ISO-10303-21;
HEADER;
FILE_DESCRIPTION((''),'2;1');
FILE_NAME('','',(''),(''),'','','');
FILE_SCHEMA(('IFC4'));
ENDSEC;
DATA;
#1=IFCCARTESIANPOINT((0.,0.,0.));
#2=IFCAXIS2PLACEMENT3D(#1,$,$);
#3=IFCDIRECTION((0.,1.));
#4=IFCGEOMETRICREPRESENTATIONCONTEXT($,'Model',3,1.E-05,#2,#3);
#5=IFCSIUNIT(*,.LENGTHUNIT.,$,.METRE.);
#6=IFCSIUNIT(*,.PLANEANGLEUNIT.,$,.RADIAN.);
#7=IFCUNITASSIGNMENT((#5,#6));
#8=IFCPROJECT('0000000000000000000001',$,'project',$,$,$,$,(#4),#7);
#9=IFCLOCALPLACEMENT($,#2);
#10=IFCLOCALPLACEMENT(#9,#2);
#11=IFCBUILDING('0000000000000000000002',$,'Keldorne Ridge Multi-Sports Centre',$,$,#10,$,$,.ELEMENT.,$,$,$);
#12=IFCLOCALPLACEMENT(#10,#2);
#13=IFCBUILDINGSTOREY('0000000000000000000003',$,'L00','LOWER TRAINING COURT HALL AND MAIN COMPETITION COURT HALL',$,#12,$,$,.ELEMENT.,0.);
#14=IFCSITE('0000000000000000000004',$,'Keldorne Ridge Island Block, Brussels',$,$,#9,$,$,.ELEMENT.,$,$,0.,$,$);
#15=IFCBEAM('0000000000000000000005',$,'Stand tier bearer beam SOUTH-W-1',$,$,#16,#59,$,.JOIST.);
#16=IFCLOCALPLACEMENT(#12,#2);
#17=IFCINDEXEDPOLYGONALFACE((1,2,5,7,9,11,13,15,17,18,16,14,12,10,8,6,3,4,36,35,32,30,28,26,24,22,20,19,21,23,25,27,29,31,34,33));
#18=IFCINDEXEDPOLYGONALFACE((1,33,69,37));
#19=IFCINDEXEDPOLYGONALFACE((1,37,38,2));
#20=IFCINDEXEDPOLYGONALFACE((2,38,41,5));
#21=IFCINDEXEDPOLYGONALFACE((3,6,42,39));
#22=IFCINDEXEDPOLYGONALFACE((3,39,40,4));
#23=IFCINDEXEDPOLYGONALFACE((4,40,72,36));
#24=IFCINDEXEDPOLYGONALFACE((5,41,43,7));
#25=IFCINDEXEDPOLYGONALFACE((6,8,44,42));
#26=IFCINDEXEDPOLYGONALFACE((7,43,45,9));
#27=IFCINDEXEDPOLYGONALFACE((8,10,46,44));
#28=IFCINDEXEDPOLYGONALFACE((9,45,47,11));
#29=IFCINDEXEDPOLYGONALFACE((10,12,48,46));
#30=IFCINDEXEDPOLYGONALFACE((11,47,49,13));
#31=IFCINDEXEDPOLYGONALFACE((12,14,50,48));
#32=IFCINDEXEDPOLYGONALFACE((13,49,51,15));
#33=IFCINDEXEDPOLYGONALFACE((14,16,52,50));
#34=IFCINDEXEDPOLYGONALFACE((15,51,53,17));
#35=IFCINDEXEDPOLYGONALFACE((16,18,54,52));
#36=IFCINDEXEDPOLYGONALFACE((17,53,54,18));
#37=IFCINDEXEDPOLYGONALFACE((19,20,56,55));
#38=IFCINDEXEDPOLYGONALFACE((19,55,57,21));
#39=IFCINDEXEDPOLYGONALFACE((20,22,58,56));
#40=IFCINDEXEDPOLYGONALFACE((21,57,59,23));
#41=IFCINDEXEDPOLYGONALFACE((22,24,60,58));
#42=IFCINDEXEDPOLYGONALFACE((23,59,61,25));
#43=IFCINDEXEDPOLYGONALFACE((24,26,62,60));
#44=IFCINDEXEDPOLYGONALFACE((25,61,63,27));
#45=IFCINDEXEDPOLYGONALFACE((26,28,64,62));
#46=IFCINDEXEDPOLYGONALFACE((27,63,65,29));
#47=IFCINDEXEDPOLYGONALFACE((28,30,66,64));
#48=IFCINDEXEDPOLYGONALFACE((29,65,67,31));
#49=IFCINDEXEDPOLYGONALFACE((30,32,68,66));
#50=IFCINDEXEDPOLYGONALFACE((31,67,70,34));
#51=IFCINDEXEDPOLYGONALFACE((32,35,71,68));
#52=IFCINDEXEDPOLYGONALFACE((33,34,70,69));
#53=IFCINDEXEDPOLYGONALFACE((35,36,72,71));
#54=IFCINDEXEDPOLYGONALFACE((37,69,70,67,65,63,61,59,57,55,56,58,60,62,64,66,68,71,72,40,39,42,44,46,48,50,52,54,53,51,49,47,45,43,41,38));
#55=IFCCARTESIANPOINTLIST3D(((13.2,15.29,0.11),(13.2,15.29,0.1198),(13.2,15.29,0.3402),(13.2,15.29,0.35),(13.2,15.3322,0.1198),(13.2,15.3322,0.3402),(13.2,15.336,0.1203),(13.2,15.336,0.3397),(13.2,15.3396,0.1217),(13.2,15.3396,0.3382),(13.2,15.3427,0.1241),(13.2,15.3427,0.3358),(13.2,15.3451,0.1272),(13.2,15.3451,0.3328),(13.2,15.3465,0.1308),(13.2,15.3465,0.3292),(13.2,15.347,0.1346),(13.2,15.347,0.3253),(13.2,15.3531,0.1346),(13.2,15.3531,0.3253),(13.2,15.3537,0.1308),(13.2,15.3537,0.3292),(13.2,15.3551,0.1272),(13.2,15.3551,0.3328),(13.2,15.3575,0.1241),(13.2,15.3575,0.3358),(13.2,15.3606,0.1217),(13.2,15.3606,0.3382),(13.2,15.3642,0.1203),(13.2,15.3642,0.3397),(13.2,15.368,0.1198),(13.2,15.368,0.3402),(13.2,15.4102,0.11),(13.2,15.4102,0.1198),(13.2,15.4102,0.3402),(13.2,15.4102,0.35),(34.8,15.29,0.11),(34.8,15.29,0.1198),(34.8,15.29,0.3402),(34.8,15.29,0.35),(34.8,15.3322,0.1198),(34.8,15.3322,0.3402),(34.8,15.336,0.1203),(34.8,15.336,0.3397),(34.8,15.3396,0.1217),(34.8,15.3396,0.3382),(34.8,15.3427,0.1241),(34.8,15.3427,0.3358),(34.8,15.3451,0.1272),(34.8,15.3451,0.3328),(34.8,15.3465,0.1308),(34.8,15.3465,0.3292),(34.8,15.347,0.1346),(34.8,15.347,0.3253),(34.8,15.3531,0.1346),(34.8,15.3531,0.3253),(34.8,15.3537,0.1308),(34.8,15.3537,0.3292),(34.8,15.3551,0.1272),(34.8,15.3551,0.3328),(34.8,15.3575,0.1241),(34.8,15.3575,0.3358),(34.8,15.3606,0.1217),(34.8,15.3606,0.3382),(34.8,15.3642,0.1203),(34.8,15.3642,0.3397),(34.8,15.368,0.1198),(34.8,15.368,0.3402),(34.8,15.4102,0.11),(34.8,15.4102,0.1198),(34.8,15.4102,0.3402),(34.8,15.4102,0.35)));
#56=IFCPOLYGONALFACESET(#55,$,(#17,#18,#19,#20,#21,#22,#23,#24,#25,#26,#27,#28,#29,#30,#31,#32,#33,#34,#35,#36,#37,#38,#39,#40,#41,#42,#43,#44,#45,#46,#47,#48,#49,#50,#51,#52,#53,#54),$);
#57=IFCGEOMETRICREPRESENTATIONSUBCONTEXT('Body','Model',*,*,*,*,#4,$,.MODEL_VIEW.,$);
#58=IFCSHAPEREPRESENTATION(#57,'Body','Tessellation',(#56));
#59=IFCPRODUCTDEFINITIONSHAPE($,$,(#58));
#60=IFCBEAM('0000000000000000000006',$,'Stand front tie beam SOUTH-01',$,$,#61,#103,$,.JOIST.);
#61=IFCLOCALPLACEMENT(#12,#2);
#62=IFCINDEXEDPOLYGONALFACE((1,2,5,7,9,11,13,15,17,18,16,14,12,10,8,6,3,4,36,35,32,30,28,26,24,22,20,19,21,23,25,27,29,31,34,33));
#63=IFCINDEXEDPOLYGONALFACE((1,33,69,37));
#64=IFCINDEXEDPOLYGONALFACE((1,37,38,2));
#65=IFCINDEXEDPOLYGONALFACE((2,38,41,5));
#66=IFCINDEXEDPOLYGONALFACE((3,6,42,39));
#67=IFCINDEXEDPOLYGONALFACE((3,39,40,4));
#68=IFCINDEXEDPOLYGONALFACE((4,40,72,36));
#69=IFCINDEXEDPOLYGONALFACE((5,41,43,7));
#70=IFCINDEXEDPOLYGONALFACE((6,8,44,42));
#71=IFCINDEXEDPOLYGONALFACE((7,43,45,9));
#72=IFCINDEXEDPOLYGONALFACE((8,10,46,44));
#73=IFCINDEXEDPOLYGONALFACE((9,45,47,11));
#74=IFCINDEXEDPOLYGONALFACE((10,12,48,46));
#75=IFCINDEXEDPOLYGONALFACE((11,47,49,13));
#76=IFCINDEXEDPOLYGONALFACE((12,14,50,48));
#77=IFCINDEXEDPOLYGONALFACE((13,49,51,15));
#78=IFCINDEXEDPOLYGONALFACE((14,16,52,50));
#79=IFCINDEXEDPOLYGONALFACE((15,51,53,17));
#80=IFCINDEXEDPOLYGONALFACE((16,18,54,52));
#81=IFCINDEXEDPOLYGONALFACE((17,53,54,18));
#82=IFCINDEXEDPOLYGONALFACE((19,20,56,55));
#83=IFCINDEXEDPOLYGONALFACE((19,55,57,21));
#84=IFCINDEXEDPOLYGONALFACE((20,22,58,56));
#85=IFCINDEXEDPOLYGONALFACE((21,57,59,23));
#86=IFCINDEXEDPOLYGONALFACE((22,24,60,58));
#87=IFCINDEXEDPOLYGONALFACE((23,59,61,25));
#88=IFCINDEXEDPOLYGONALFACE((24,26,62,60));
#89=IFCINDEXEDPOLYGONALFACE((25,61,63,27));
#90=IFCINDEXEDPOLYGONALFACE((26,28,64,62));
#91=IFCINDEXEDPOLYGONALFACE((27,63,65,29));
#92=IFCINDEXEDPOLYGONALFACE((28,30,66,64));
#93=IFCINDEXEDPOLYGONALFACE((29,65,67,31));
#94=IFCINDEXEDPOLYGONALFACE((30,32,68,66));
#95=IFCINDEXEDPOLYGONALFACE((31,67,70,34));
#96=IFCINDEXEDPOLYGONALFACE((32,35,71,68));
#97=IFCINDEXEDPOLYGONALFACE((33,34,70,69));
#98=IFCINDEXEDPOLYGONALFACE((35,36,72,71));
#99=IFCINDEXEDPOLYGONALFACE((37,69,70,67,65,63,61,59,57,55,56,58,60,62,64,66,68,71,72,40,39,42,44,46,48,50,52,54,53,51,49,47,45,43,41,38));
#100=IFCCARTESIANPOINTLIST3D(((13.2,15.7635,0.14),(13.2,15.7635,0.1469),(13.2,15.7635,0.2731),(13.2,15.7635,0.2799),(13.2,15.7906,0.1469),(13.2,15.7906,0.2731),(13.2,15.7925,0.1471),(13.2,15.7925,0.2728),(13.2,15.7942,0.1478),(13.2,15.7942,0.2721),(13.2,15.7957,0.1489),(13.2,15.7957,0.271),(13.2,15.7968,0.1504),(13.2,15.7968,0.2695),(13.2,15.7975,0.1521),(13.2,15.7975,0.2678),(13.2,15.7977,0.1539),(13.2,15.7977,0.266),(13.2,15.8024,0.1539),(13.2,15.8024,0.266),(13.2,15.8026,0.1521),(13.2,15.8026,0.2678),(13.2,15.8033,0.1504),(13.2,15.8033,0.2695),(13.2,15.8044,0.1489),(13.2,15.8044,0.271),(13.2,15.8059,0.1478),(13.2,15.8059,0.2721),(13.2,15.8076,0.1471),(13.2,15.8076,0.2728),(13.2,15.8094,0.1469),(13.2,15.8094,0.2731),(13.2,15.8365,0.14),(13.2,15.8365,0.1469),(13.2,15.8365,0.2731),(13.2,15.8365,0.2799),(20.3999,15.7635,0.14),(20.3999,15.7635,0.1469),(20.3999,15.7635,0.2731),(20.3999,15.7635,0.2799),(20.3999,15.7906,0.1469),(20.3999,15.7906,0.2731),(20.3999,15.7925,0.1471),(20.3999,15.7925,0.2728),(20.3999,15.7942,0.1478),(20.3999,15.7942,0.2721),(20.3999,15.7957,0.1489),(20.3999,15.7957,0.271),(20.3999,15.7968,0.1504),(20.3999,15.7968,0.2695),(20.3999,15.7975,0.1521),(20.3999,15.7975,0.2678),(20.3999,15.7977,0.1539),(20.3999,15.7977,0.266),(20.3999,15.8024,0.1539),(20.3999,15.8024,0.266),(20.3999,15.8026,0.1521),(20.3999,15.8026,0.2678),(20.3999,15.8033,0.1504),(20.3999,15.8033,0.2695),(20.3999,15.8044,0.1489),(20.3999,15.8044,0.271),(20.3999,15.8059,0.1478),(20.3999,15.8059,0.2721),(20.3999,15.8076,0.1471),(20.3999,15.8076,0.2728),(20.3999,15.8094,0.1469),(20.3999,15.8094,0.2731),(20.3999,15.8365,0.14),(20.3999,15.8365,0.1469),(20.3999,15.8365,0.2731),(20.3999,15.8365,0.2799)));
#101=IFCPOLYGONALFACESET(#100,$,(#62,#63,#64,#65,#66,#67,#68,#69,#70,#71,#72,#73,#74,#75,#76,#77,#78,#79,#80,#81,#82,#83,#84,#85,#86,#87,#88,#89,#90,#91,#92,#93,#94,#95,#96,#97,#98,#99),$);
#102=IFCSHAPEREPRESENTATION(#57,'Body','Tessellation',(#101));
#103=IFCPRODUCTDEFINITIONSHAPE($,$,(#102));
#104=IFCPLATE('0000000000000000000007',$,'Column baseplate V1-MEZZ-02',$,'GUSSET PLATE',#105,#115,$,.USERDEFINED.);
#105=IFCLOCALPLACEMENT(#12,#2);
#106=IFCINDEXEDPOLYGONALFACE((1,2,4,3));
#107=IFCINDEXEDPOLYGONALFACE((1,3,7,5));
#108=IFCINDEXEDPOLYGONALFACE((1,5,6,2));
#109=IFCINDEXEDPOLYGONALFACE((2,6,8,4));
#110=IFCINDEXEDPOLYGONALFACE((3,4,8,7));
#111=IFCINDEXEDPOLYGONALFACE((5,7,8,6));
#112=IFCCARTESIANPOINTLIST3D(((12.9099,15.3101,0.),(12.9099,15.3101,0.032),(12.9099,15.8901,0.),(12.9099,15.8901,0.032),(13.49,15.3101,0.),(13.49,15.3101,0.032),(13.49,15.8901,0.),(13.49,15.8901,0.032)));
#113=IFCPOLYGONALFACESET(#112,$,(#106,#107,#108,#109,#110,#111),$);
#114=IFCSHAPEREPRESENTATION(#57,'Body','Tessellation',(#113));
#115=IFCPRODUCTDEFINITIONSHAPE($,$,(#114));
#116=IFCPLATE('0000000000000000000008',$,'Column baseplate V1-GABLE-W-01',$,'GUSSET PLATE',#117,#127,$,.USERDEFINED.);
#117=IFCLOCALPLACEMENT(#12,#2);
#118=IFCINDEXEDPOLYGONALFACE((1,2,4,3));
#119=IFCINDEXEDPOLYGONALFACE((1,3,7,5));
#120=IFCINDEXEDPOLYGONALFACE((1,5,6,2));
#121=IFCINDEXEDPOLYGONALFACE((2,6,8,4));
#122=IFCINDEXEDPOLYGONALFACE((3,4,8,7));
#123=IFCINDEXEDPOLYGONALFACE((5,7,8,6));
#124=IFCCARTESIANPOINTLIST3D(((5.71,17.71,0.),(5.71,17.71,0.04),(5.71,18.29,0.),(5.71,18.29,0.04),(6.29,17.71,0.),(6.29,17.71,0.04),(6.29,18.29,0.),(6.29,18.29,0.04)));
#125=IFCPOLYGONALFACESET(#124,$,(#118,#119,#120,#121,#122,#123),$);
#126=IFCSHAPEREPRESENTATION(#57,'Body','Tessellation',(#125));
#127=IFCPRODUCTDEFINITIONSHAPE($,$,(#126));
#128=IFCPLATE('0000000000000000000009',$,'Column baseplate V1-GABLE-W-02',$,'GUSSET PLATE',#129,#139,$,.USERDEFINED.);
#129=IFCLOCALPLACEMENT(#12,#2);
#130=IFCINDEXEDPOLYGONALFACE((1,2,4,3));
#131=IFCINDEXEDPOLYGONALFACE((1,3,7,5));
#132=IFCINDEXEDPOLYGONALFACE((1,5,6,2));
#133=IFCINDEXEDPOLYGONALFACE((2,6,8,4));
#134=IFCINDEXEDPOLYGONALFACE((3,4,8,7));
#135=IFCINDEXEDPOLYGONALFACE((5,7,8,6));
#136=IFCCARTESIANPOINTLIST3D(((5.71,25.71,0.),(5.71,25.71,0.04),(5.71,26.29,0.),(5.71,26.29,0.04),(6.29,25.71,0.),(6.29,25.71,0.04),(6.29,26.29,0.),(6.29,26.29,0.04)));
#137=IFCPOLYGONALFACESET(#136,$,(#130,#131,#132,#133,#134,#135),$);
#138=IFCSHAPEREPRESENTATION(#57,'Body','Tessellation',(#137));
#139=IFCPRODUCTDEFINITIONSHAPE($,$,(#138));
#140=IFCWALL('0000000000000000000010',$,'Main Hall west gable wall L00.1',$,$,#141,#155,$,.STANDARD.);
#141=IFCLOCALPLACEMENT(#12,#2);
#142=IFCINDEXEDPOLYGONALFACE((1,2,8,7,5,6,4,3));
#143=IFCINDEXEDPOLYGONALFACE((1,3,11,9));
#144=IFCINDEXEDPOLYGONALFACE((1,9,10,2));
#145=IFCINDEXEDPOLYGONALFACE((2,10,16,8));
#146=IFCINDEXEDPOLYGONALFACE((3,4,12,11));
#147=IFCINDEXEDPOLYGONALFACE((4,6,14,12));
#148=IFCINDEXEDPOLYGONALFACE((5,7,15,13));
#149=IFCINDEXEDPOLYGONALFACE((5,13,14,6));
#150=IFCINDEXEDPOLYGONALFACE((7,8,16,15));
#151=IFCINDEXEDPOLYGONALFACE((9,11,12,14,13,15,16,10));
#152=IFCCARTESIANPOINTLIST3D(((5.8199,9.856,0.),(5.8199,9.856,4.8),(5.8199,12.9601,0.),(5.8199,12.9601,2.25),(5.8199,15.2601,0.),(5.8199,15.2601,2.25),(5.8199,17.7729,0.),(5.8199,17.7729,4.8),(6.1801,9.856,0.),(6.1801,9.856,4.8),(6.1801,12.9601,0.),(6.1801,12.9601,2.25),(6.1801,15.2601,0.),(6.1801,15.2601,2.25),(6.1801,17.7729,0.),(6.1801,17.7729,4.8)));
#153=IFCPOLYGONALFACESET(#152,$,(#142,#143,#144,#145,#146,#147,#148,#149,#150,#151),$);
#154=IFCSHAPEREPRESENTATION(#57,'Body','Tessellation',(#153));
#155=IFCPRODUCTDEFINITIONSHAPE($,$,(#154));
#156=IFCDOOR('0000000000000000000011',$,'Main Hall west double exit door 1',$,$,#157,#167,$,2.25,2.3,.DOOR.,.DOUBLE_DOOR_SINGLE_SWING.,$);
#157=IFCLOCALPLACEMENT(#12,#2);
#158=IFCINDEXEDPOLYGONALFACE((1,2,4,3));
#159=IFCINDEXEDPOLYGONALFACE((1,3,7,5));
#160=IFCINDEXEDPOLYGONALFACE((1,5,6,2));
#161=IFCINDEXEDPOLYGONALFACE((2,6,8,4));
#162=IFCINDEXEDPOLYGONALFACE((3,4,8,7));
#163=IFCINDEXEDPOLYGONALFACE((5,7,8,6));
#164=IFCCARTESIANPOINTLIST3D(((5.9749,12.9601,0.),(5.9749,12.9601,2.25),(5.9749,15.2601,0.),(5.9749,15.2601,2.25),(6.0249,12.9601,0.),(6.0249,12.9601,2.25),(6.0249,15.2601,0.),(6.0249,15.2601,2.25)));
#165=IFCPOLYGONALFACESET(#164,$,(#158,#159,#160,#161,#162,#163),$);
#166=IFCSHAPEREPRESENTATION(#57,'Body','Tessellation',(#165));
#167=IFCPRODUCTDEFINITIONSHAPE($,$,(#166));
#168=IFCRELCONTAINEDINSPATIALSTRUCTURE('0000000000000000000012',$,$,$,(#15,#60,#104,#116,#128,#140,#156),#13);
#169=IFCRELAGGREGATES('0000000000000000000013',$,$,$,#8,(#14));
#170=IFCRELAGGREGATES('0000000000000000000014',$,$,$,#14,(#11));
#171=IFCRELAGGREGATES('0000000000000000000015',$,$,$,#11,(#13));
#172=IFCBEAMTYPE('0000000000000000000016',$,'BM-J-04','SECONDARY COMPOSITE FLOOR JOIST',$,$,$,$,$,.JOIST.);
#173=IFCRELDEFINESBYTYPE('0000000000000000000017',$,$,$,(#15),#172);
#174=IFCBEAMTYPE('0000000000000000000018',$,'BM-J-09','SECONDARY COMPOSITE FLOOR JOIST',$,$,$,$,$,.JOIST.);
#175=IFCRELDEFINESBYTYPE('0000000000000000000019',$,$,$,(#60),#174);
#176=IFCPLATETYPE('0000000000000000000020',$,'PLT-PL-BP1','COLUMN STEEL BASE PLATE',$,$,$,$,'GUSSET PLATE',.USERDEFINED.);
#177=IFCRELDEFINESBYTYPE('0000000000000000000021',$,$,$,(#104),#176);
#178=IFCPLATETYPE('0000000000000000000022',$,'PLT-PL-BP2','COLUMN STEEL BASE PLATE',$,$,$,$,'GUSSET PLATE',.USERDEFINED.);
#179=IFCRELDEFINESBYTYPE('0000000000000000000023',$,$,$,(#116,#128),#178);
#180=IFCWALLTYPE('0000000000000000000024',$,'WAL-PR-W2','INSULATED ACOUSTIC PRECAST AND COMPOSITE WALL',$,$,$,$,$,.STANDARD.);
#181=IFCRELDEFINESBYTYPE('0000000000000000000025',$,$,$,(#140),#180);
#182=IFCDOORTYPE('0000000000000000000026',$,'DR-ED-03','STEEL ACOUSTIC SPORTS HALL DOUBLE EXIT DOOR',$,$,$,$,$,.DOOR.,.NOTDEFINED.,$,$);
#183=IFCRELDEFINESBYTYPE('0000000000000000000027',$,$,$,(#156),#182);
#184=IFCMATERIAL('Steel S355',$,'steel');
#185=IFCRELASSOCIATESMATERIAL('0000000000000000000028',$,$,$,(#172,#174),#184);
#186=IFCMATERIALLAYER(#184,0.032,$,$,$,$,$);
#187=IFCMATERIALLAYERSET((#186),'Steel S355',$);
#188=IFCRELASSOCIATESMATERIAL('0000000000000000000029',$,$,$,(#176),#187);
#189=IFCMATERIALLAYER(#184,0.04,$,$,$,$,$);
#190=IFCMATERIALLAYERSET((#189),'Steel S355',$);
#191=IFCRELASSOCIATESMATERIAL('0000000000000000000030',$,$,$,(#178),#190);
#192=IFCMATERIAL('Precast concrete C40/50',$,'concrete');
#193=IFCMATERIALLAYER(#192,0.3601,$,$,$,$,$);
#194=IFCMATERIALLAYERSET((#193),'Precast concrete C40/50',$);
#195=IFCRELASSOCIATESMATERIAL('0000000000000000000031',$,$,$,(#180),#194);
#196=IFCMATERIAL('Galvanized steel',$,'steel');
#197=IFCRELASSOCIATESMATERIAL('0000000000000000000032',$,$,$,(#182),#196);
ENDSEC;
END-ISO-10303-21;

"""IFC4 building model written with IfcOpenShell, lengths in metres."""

from ifc_helpers import new_model, si_unit, direction, frame, frame_2d, origin, origin_2d, place, context, subcontext, project, spatial, rectangle, i_section, extrude, material, layer, layer_set, material_profile, profile_set, type_object, element, fill, save


model = new_model("IFC4")

# Units and contexts
model_context = context("Model", 3, precision=1e-05, world=origin(), true_north=direction((0.0, 1.0)))
body_context = subcontext(model_context, "Body", "Model", "MODEL_VIEW")
ifc_project = project(units=[si_unit("LENGTHUNIT", "METRE"), si_unit("PLANEANGLEUNIT", "RADIAN")], contexts=[model_context])

# Site, building, storey
site_placement = place(None, origin())
site = spatial("IfcSite", under=ifc_project, at=site_placement, Name="Keldorne Ridge Island Block, Brussels", CompositionType="ELEMENT", RefElevation=0.0)
building_placement = place(site_placement, origin())
building = spatial("IfcBuilding", under=site, at=building_placement, Name="Keldorne Ridge Multi-Sports Centre", CompositionType="ELEMENT")
storey_placement = place(building_placement, origin())
storey = spatial("IfcBuildingStorey", under=building, at=storey_placement, Name="L00", Description="LOWER TRAINING COURT HALL AND MAIN COMPETITION COURT HALL", CompositionType="ELEMENT", Elevation=0.0)

# Shared definitions
ifc_material_1 = material(Name="Steel S355", Category="steel")

# Beams
ifc_material_profile_1 = material_profile(ifc_material_1, i_section(OverallWidth=0.1201, OverallDepth=0.24, WebThickness=0.0061, FlangeThickness=0.0098, FilletRadius=0.0149, at=origin_2d()), Name="IPE 240")
ifc_profile_set_1 = profile_set([ifc_material_profile_1], Name="Steel S355")
beam_type_1 = type_object("IfcBeamType", Name="BM-J-04", Description="SECONDARY COMPOSITE FLOOR JOIST", PredefinedType="JOIST", material=ifc_profile_set_1)
beam_1_placement = place(storey_placement, frame((13.2, 15.3501, 0.23), z_axis=(1.0, 0.0, 0.0), x_axis=(0.0, 1.0, 0.0)))
element("IfcBeam", 1, at=beam_1_placement, inside=storey, type_object=beam_type_1, Name="Stand tier bearer beam SOUTH-W-1", PredefinedType="JOIST", context=body_context, shape_type="SweptSolid", body=[
    extrude(i_section(OverallWidth=0.1201, OverallDepth=0.24, WebThickness=0.0061, FlangeThickness=0.0098, FilletRadius=0.0149, at=origin_2d()), origin(), (0.0, 0.0, 1.0), 21.6001),
])
ifc_material_profile_2 = material_profile(ifc_material_1, i_section(OverallWidth=0.073, OverallDepth=0.1399, WebThickness=0.0046, FlangeThickness=0.0068, FilletRadius=0.0071, at=origin_2d()), Name="IPE 140")
ifc_profile_set_2 = profile_set([ifc_material_profile_2], Name="Steel S355")
beam_type_2 = type_object("IfcBeamType", Name="BM-J-09", Description="SECONDARY COMPOSITE FLOOR JOIST", PredefinedType="JOIST", material=ifc_profile_set_2)
beam_2_placement = place(storey_placement, frame((13.2, 15.8, 0.21), z_axis=(1.0, 0.0, 0.0), x_axis=(0.0, 1.0, 0.0)))
element("IfcBeam", 2, at=beam_2_placement, inside=storey, type_object=beam_type_2, Name="Stand front tie beam SOUTH-01", PredefinedType="JOIST", context=body_context, shape_type="SweptSolid", body=[
    extrude(i_section(OverallWidth=0.073, OverallDepth=0.1399, WebThickness=0.0046, FlangeThickness=0.0068, FilletRadius=0.0071, at=origin_2d()), origin(), (0.0, 0.0, 1.0), 7.2),
])

# Plates
ifc_layer_1 = layer(ifc_material_1, 0.032)
ifc_layer_set_1 = layer_set([ifc_layer_1], Name="Steel S355")
plate_type_1 = type_object("IfcPlateType", Name="PLT-PL-BP1", Description="COLUMN STEEL BASE PLATE", ElementType="GUSSET PLATE", PredefinedType="USERDEFINED", material=ifc_layer_set_1)
plate_placement = place(storey_placement, frame((13.2, 15.6001, 0.0), z_axis=(0.0, 0.0, 1.0), x_axis=(1.0, 0.0, 0.0)))
element("IfcPlate", 3, at=plate_placement, inside=storey, type_object=plate_type_1, Name="Column baseplate V1-MEZZ-02", ObjectType="GUSSET PLATE", PredefinedType="USERDEFINED", context=body_context, shape_type="SweptSolid", body=[
    extrude(rectangle(XDim=0.5801, YDim=0.5801, at=origin_2d()), origin(), (0.0, 0.0, 1.0), 0.032),
])
ifc_layer_2 = layer(ifc_material_1, 0.04)
ifc_layer_set_2 = layer_set([ifc_layer_2], Name="Steel S355")
plate_type_2 = type_object("IfcPlateType", Name="PLT-PL-BP2", Description="COLUMN STEEL BASE PLATE", ElementType="GUSSET PLATE", PredefinedType="USERDEFINED", material=ifc_layer_set_2)
for number, where, z_axis, x_axis, name in (
    (4, (6.0, 18.0, 0.0), (0.0, 0.0, 1.0), (1.0, 0.0, 0.0), "Column baseplate V1-GABLE-W-01"),
    (5, (6.0, 26.0, 0.0), (0.0, 0.0, 1.0), (1.0, 0.0, 0.0), "Column baseplate V1-GABLE-W-02"),
):
    element("IfcPlate", number, at=place(storey_placement, frame(where, z_axis=z_axis, x_axis=x_axis)), inside=storey, type_object=plate_type_2, Name=name, ObjectType="GUSSET PLATE", PredefinedType="USERDEFINED", context=body_context, shape_type="SweptSolid", body=[
        extrude(rectangle(XDim=0.5801, YDim=0.5801, at=origin_2d()), origin(), (0.0, 0.0, 1.0), 0.04),
    ])

# Wall, opening, door
ifc_material_2 = material(Name="Precast concrete C40/50", Category="concrete")
ifc_layer_3 = layer(ifc_material_2, 0.3601)
ifc_layer_set_3 = layer_set([ifc_layer_3], Name="Precast concrete C40/50")
wall_type_1 = type_object("IfcWallType", Name="WAL-PR-W2", Description="INSULATED ACOUSTIC PRECAST AND COMPOSITE WALL", PredefinedType="STANDARD", material=ifc_layer_set_3)
wall_1_placement = place(storey_placement, frame((6.0, 17.7729, 0.0), z_axis=(0.0, 0.0, 1.0), x_axis=(0.0, -1.0, 0.0)))
wall_1 = element("IfcWall", 6, at=wall_1_placement, inside=storey, type_object=wall_type_1, Name="Main Hall west gable wall L00.1", PredefinedType="STANDARD", context=body_context, shape_type="SweptSolid", body=[
    extrude(rectangle(XDim=7.917, YDim=0.3601, at=frame_2d((3.9585, 0.0))), origin(), (0.0, 0.0, 1.0), 4.8),
])
opening_1_placement = place(wall_1_placement, frame((2.5129, 0.0, 0.0)))
opening_1 = element("IfcOpeningElement", 7, at=opening_1_placement, cuts=wall_1, PredefinedType="OPENING", context=body_context, shape_type="SweptSolid", body=[
    extrude(rectangle(XDim=2.3, YDim=2.25, at=frame_2d((1.1499, 1.125))), frame((0.0, 0.1899, 0.0), z_axis=(0.0, -1.0, 0.0), x_axis=(1.0, 0.0, 0.0)), (0.0, 0.0, 1.0), 0.3801),
])
ifc_material_3 = material(Name="Galvanized steel", Category="steel")
door_type_1 = type_object("IfcDoorType", Name="DR-ED-03", Description="STEEL ACOUSTIC SPORTS HALL DOUBLE EXIT DOOR", OperationType="NOTDEFINED", PredefinedType="DOOR", material=ifc_material_3)
door_1_placement = place(opening_1_placement, origin())
door_1 = element("IfcDoor", 8, at=door_1_placement, inside=storey, type_object=door_type_1, Name="Main Hall west double exit door 1", OperationType="DOUBLE_DOOR_SINGLE_SWING", OverallHeight=2.25, OverallWidth=2.3, PredefinedType="DOOR", context=body_context, shape_type="SweptSolid", body=[
    extrude(rectangle(XDim=2.3, YDim=2.25, at=frame_2d((1.1499, 1.125))), frame((0.0, 0.0249, 0.0), z_axis=(0.0, -1.0, 0.0), x_axis=(1.0, 0.0, 0.0)), (0.0, 0.0, 1.0), 0.05),
])
fill(opening_1, door_1)

save(model, "model.ifc")
